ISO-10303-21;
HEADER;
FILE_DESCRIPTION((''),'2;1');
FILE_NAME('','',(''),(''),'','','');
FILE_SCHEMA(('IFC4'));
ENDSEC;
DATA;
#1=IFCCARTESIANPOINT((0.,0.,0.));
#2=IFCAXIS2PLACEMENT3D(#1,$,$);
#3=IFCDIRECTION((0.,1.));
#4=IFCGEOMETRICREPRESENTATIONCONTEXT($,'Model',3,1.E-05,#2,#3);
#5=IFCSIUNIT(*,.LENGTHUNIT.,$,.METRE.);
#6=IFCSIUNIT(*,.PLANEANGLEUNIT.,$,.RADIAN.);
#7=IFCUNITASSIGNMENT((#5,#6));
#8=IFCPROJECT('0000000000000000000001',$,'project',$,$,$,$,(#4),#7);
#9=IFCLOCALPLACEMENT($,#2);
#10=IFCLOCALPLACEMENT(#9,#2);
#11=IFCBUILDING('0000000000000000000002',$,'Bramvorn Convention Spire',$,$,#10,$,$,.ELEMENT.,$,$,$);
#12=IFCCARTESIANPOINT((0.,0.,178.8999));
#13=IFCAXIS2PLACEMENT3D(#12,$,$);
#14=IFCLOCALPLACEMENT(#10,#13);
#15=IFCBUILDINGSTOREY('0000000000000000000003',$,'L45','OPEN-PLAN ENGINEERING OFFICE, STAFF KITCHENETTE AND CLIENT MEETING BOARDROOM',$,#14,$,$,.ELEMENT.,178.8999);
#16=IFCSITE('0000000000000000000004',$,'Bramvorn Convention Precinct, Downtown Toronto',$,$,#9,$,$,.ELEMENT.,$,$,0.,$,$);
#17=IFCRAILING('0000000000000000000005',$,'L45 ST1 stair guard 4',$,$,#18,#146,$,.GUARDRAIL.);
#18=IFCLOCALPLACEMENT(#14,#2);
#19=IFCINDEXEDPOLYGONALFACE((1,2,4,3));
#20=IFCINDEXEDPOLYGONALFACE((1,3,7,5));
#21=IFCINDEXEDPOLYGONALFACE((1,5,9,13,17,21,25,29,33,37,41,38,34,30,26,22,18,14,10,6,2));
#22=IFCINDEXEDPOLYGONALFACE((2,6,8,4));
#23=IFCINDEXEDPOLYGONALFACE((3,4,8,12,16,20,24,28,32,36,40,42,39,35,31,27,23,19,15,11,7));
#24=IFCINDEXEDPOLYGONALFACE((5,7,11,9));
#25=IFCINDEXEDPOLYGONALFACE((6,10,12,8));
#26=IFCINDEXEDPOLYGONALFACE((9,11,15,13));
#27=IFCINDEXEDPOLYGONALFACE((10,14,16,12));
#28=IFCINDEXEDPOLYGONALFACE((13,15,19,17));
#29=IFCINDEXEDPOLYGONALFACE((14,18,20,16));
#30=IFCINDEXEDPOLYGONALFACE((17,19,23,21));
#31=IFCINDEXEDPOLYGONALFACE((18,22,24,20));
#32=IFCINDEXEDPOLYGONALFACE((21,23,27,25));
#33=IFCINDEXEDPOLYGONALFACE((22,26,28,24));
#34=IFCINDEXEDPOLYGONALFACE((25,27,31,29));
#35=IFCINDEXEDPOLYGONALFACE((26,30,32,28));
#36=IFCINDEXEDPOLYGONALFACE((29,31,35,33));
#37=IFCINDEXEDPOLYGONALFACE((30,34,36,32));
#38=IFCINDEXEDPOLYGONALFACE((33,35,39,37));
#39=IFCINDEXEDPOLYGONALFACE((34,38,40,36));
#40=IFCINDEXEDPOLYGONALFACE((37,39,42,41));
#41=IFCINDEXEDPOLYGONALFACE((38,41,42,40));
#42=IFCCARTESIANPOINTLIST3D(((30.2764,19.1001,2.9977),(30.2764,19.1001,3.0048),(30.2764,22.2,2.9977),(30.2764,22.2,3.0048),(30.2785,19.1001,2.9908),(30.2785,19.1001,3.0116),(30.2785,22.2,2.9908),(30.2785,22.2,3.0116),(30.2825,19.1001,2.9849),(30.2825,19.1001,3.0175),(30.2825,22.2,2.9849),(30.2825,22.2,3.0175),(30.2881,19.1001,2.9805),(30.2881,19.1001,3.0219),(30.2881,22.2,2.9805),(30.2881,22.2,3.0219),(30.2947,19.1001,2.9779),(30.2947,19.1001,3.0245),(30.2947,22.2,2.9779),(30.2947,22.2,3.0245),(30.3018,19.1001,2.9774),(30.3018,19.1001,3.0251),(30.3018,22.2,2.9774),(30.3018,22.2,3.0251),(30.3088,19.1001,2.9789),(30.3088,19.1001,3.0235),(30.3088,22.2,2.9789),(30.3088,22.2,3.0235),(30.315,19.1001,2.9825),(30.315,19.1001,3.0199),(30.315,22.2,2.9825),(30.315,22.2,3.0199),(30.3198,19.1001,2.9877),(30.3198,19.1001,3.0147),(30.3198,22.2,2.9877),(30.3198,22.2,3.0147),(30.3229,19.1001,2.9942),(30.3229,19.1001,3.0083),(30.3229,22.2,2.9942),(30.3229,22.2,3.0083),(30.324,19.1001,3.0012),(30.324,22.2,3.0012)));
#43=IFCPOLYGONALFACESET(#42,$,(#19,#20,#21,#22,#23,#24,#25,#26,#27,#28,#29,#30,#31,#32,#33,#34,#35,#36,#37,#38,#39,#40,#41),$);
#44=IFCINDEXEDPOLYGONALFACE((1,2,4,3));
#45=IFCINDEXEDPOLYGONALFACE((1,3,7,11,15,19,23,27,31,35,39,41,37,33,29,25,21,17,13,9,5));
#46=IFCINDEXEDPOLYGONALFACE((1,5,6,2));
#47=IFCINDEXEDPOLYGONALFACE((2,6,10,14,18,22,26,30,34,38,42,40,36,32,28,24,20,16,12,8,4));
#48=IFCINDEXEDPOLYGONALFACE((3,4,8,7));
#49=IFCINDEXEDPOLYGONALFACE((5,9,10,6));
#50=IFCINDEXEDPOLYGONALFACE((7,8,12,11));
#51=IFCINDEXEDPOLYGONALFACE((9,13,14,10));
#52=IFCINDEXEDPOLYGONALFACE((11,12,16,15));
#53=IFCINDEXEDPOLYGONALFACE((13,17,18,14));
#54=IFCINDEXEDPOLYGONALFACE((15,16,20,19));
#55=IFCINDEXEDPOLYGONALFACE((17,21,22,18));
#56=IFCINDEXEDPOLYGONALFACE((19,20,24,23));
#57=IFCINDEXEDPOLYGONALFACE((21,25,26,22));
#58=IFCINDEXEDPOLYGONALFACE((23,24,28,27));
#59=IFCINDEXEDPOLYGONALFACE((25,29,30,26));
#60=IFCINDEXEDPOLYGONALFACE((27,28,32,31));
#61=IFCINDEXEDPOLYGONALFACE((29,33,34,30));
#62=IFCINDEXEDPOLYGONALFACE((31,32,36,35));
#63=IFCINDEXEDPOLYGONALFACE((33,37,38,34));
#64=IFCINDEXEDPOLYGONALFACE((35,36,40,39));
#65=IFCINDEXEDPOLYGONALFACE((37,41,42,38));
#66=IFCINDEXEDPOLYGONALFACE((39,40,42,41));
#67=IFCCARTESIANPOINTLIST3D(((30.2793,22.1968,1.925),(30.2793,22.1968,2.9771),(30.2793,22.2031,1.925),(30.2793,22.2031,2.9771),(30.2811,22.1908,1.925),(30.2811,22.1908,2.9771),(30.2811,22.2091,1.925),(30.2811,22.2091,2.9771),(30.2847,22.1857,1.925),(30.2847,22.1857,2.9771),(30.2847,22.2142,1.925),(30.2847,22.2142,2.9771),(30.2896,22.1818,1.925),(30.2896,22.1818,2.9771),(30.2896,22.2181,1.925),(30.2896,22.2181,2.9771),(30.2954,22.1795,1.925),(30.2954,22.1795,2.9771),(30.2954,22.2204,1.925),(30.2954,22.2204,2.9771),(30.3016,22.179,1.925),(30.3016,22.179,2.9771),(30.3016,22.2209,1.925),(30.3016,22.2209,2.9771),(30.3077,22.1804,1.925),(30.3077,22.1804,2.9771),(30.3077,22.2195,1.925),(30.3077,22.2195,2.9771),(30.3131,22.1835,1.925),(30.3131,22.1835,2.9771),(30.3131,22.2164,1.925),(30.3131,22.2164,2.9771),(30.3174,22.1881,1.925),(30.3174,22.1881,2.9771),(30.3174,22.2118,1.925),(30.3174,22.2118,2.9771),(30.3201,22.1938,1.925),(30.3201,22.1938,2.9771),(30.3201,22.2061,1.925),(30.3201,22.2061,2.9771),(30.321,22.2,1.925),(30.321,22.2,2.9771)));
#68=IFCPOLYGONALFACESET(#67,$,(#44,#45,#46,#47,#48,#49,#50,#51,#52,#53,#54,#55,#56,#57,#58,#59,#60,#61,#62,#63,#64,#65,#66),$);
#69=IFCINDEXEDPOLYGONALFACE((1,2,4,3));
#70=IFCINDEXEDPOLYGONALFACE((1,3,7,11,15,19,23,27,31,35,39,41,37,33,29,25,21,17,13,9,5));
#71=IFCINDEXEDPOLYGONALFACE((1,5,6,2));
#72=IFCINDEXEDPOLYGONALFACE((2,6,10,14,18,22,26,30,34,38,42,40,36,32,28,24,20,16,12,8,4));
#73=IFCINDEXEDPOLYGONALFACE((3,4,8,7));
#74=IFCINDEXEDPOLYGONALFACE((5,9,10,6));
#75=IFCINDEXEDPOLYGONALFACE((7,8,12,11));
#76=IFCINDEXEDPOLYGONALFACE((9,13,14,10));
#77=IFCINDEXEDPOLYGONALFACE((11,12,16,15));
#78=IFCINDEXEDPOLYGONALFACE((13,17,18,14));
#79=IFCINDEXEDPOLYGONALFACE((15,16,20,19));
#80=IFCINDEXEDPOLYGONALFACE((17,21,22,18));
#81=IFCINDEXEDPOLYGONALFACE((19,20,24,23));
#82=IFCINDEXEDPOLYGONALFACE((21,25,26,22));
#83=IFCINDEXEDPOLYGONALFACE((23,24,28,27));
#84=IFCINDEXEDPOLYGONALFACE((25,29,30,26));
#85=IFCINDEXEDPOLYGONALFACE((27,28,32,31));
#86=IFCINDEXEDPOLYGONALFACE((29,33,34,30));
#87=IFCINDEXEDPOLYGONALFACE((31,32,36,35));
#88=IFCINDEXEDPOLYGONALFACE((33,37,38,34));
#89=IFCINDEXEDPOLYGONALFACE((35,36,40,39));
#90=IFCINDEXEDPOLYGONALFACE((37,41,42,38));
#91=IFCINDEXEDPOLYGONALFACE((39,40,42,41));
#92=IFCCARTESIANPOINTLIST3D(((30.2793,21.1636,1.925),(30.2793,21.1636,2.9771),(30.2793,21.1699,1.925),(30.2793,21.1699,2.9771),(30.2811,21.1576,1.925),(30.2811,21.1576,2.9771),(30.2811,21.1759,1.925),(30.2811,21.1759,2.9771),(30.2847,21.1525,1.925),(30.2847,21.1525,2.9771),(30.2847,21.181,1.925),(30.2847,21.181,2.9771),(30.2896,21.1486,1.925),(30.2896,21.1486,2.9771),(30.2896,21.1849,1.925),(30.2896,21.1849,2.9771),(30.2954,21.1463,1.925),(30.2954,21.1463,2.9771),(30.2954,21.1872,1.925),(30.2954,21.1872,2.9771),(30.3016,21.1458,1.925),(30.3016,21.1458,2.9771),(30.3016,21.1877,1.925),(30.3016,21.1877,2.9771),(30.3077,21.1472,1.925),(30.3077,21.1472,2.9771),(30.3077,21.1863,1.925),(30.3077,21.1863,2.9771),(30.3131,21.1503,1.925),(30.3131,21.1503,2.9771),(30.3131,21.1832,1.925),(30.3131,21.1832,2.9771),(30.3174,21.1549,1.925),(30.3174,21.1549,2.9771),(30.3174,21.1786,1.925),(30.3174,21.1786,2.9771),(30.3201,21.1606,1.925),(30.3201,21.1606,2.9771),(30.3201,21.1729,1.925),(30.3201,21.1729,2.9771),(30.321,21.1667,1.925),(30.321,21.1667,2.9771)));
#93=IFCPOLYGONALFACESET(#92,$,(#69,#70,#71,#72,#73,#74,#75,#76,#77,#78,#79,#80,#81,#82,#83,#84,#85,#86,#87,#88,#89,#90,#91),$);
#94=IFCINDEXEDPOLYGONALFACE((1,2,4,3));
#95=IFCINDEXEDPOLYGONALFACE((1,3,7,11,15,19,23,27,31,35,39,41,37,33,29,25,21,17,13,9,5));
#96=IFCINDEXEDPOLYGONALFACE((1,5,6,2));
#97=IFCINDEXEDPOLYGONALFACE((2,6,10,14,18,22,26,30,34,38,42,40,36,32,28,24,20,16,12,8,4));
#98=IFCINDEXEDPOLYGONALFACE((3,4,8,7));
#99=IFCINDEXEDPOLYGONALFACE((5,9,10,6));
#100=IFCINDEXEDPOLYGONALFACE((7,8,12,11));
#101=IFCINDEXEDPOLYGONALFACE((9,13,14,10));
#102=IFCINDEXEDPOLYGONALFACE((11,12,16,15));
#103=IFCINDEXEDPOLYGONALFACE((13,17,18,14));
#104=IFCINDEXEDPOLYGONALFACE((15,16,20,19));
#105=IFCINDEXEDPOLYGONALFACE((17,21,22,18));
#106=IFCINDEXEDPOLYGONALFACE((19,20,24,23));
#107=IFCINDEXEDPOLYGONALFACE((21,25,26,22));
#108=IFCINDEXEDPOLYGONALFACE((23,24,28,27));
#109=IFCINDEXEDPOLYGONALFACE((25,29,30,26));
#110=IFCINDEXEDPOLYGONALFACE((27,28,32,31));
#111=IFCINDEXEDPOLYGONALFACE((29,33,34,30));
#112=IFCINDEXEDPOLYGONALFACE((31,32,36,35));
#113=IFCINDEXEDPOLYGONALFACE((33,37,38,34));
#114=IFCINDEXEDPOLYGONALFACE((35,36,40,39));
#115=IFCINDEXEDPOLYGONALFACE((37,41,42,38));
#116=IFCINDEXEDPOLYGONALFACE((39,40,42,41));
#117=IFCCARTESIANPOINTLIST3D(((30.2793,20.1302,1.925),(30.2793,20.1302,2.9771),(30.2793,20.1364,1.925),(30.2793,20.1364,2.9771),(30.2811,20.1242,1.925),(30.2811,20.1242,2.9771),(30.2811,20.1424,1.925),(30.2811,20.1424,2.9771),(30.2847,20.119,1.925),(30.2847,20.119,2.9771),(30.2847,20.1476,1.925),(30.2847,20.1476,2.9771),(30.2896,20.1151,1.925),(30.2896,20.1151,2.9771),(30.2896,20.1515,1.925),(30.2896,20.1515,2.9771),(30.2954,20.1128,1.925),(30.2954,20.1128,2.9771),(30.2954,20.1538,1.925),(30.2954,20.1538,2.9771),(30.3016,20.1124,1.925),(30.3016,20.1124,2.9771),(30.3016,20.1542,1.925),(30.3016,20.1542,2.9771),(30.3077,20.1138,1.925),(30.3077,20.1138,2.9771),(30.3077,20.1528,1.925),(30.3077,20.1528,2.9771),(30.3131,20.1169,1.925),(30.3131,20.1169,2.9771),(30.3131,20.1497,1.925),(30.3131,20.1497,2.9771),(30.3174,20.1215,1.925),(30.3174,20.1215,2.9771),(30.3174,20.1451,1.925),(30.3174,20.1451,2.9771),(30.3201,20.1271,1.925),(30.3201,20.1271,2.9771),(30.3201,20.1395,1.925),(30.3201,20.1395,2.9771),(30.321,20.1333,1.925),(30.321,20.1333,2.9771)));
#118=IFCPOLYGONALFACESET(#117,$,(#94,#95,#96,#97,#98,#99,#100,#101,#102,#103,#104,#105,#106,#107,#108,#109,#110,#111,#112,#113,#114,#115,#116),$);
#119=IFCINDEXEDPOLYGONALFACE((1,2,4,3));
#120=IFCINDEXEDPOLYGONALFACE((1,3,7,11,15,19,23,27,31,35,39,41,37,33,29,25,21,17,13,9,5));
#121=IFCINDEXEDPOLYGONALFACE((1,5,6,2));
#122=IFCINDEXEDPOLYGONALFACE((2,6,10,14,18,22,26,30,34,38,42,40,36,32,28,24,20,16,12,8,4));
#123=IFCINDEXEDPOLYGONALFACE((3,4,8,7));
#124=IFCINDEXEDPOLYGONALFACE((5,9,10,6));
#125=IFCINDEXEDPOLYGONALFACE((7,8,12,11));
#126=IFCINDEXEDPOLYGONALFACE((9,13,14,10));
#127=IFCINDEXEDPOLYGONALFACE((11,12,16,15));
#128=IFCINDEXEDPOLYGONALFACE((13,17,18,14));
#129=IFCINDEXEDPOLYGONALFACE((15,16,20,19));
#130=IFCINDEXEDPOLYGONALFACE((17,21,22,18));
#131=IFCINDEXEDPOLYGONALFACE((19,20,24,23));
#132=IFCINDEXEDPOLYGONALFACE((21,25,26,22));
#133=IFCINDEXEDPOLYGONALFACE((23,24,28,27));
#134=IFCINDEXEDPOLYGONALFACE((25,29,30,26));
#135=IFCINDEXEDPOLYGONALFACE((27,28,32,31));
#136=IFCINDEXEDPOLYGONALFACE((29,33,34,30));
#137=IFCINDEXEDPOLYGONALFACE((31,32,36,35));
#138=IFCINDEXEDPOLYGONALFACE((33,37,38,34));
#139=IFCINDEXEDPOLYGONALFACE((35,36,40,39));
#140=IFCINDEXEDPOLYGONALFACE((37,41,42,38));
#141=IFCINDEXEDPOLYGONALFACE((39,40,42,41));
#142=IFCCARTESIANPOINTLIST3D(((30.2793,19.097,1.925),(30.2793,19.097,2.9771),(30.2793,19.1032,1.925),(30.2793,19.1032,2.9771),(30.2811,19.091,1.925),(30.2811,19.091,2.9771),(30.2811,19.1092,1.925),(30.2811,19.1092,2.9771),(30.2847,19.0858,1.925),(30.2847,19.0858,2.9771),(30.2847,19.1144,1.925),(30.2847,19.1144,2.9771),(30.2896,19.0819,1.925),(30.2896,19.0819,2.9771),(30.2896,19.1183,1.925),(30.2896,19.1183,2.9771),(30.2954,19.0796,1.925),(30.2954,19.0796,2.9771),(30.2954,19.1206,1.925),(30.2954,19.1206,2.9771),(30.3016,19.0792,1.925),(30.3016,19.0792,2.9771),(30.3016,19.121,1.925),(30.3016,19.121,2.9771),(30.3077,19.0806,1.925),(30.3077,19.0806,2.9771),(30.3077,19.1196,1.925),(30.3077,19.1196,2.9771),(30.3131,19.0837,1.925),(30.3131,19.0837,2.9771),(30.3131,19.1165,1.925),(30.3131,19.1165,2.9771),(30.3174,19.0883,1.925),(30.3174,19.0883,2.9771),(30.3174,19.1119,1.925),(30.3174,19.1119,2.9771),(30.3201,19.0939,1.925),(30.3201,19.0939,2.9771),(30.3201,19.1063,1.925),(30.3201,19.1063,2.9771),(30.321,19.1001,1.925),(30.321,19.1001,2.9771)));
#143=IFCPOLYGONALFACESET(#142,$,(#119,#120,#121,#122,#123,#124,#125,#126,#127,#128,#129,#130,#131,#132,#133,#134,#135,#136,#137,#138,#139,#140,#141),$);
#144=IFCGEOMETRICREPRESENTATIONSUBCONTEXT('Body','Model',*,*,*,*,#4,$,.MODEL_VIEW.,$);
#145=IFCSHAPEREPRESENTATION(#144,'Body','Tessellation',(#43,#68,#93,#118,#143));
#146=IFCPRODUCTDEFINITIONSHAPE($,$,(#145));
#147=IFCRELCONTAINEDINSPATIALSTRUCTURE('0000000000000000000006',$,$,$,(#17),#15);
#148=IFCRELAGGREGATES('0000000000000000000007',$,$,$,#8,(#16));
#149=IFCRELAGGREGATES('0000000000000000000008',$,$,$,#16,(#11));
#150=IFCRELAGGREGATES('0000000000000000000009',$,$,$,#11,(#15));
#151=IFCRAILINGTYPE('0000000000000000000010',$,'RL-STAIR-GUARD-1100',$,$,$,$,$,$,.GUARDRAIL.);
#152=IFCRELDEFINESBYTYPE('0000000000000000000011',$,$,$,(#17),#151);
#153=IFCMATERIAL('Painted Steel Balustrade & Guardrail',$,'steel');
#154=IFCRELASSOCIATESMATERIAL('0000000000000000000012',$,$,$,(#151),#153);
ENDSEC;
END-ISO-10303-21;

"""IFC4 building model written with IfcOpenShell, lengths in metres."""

from ifc_helpers import new_model, si_unit, direction, frame, origin, origin_2d, place, context, subcontext, project, spatial, circle, extrude, material, type_object, element, save


model = new_model("IFC4")

# Units and contexts
model_context = context("Model", 3, precision=1e-05, world=origin(), true_north=direction((0.0, 1.0)))
body_context = subcontext(model_context, "Body", "Model", "MODEL_VIEW")
ifc_project = project(units=[si_unit("LENGTHUNIT", "METRE"), si_unit("PLANEANGLEUNIT", "RADIAN")], contexts=[model_context])

# Site, building, storey
site_placement = place(None, origin())
site = spatial("IfcSite", under=ifc_project, at=site_placement, Name="Bramvorn Convention Precinct, Downtown Toronto", CompositionType="ELEMENT", RefElevation=0.0)
building_placement = place(site_placement, origin())
building = spatial("IfcBuilding", under=site, at=building_placement, Name="Bramvorn Convention Spire", CompositionType="ELEMENT")
storey_placement = place(building_placement, frame((0.0, 0.0, 178.8999)))
storey = spatial("IfcBuildingStorey", under=building, at=storey_placement, Name="L45", Description="OPEN-PLAN ENGINEERING OFFICE, STAFF KITCHENETTE AND CLIENT MEETING BOARDROOM", CompositionType="ELEMENT", Elevation=178.8999)

# Railing
ifc_material_1 = material(Name="Painted Steel Balustrade & Guardrail", Category="steel")
railing_type_1 = type_object("IfcRailingType", Name="RL-STAIR-GUARD-1100", PredefinedType="GUARDRAIL", material=ifc_material_1)
for number, where, name in (
    (1, (30.3, 22.2, 1.925), "L45 ST1 stair guard 4"),
):
    element("IfcRailing", number, at=place(storey_placement, frame(where)), inside=storey, type_object=railing_type_1, Name=name, PredefinedType="GUARDRAIL", context=body_context, shape_type="SweptSolid", body=[
        extrude(circle(Radius=0.0239, at=origin_2d()), frame((0.0, 0.0, 1.0762), z_axis=(0.0, -1.0, 0.0), x_axis=(1.0, 0.0, 0.0)), (0.0, 0.0, 1.0), 3.0999),
        extrude(circle(Radius=0.021, at=origin_2d()), origin(), (0.0, 0.0, 1.0), 1.052),
        extrude(circle(Radius=0.021, at=origin_2d()), frame((0.0, -1.0332, 0.0)), (0.0, 0.0, 1.0), 1.052),
        extrude(circle(Radius=0.021, at=origin_2d()), frame((0.0, -2.0667, 0.0)), (0.0, 0.0, 1.0), 1.052),
        extrude(circle(Radius=0.021, at=origin_2d()), frame((0.0, -3.0999, 0.0)), (0.0, 0.0, 1.0), 1.052),
    ])

save(model, "model.ifc")
